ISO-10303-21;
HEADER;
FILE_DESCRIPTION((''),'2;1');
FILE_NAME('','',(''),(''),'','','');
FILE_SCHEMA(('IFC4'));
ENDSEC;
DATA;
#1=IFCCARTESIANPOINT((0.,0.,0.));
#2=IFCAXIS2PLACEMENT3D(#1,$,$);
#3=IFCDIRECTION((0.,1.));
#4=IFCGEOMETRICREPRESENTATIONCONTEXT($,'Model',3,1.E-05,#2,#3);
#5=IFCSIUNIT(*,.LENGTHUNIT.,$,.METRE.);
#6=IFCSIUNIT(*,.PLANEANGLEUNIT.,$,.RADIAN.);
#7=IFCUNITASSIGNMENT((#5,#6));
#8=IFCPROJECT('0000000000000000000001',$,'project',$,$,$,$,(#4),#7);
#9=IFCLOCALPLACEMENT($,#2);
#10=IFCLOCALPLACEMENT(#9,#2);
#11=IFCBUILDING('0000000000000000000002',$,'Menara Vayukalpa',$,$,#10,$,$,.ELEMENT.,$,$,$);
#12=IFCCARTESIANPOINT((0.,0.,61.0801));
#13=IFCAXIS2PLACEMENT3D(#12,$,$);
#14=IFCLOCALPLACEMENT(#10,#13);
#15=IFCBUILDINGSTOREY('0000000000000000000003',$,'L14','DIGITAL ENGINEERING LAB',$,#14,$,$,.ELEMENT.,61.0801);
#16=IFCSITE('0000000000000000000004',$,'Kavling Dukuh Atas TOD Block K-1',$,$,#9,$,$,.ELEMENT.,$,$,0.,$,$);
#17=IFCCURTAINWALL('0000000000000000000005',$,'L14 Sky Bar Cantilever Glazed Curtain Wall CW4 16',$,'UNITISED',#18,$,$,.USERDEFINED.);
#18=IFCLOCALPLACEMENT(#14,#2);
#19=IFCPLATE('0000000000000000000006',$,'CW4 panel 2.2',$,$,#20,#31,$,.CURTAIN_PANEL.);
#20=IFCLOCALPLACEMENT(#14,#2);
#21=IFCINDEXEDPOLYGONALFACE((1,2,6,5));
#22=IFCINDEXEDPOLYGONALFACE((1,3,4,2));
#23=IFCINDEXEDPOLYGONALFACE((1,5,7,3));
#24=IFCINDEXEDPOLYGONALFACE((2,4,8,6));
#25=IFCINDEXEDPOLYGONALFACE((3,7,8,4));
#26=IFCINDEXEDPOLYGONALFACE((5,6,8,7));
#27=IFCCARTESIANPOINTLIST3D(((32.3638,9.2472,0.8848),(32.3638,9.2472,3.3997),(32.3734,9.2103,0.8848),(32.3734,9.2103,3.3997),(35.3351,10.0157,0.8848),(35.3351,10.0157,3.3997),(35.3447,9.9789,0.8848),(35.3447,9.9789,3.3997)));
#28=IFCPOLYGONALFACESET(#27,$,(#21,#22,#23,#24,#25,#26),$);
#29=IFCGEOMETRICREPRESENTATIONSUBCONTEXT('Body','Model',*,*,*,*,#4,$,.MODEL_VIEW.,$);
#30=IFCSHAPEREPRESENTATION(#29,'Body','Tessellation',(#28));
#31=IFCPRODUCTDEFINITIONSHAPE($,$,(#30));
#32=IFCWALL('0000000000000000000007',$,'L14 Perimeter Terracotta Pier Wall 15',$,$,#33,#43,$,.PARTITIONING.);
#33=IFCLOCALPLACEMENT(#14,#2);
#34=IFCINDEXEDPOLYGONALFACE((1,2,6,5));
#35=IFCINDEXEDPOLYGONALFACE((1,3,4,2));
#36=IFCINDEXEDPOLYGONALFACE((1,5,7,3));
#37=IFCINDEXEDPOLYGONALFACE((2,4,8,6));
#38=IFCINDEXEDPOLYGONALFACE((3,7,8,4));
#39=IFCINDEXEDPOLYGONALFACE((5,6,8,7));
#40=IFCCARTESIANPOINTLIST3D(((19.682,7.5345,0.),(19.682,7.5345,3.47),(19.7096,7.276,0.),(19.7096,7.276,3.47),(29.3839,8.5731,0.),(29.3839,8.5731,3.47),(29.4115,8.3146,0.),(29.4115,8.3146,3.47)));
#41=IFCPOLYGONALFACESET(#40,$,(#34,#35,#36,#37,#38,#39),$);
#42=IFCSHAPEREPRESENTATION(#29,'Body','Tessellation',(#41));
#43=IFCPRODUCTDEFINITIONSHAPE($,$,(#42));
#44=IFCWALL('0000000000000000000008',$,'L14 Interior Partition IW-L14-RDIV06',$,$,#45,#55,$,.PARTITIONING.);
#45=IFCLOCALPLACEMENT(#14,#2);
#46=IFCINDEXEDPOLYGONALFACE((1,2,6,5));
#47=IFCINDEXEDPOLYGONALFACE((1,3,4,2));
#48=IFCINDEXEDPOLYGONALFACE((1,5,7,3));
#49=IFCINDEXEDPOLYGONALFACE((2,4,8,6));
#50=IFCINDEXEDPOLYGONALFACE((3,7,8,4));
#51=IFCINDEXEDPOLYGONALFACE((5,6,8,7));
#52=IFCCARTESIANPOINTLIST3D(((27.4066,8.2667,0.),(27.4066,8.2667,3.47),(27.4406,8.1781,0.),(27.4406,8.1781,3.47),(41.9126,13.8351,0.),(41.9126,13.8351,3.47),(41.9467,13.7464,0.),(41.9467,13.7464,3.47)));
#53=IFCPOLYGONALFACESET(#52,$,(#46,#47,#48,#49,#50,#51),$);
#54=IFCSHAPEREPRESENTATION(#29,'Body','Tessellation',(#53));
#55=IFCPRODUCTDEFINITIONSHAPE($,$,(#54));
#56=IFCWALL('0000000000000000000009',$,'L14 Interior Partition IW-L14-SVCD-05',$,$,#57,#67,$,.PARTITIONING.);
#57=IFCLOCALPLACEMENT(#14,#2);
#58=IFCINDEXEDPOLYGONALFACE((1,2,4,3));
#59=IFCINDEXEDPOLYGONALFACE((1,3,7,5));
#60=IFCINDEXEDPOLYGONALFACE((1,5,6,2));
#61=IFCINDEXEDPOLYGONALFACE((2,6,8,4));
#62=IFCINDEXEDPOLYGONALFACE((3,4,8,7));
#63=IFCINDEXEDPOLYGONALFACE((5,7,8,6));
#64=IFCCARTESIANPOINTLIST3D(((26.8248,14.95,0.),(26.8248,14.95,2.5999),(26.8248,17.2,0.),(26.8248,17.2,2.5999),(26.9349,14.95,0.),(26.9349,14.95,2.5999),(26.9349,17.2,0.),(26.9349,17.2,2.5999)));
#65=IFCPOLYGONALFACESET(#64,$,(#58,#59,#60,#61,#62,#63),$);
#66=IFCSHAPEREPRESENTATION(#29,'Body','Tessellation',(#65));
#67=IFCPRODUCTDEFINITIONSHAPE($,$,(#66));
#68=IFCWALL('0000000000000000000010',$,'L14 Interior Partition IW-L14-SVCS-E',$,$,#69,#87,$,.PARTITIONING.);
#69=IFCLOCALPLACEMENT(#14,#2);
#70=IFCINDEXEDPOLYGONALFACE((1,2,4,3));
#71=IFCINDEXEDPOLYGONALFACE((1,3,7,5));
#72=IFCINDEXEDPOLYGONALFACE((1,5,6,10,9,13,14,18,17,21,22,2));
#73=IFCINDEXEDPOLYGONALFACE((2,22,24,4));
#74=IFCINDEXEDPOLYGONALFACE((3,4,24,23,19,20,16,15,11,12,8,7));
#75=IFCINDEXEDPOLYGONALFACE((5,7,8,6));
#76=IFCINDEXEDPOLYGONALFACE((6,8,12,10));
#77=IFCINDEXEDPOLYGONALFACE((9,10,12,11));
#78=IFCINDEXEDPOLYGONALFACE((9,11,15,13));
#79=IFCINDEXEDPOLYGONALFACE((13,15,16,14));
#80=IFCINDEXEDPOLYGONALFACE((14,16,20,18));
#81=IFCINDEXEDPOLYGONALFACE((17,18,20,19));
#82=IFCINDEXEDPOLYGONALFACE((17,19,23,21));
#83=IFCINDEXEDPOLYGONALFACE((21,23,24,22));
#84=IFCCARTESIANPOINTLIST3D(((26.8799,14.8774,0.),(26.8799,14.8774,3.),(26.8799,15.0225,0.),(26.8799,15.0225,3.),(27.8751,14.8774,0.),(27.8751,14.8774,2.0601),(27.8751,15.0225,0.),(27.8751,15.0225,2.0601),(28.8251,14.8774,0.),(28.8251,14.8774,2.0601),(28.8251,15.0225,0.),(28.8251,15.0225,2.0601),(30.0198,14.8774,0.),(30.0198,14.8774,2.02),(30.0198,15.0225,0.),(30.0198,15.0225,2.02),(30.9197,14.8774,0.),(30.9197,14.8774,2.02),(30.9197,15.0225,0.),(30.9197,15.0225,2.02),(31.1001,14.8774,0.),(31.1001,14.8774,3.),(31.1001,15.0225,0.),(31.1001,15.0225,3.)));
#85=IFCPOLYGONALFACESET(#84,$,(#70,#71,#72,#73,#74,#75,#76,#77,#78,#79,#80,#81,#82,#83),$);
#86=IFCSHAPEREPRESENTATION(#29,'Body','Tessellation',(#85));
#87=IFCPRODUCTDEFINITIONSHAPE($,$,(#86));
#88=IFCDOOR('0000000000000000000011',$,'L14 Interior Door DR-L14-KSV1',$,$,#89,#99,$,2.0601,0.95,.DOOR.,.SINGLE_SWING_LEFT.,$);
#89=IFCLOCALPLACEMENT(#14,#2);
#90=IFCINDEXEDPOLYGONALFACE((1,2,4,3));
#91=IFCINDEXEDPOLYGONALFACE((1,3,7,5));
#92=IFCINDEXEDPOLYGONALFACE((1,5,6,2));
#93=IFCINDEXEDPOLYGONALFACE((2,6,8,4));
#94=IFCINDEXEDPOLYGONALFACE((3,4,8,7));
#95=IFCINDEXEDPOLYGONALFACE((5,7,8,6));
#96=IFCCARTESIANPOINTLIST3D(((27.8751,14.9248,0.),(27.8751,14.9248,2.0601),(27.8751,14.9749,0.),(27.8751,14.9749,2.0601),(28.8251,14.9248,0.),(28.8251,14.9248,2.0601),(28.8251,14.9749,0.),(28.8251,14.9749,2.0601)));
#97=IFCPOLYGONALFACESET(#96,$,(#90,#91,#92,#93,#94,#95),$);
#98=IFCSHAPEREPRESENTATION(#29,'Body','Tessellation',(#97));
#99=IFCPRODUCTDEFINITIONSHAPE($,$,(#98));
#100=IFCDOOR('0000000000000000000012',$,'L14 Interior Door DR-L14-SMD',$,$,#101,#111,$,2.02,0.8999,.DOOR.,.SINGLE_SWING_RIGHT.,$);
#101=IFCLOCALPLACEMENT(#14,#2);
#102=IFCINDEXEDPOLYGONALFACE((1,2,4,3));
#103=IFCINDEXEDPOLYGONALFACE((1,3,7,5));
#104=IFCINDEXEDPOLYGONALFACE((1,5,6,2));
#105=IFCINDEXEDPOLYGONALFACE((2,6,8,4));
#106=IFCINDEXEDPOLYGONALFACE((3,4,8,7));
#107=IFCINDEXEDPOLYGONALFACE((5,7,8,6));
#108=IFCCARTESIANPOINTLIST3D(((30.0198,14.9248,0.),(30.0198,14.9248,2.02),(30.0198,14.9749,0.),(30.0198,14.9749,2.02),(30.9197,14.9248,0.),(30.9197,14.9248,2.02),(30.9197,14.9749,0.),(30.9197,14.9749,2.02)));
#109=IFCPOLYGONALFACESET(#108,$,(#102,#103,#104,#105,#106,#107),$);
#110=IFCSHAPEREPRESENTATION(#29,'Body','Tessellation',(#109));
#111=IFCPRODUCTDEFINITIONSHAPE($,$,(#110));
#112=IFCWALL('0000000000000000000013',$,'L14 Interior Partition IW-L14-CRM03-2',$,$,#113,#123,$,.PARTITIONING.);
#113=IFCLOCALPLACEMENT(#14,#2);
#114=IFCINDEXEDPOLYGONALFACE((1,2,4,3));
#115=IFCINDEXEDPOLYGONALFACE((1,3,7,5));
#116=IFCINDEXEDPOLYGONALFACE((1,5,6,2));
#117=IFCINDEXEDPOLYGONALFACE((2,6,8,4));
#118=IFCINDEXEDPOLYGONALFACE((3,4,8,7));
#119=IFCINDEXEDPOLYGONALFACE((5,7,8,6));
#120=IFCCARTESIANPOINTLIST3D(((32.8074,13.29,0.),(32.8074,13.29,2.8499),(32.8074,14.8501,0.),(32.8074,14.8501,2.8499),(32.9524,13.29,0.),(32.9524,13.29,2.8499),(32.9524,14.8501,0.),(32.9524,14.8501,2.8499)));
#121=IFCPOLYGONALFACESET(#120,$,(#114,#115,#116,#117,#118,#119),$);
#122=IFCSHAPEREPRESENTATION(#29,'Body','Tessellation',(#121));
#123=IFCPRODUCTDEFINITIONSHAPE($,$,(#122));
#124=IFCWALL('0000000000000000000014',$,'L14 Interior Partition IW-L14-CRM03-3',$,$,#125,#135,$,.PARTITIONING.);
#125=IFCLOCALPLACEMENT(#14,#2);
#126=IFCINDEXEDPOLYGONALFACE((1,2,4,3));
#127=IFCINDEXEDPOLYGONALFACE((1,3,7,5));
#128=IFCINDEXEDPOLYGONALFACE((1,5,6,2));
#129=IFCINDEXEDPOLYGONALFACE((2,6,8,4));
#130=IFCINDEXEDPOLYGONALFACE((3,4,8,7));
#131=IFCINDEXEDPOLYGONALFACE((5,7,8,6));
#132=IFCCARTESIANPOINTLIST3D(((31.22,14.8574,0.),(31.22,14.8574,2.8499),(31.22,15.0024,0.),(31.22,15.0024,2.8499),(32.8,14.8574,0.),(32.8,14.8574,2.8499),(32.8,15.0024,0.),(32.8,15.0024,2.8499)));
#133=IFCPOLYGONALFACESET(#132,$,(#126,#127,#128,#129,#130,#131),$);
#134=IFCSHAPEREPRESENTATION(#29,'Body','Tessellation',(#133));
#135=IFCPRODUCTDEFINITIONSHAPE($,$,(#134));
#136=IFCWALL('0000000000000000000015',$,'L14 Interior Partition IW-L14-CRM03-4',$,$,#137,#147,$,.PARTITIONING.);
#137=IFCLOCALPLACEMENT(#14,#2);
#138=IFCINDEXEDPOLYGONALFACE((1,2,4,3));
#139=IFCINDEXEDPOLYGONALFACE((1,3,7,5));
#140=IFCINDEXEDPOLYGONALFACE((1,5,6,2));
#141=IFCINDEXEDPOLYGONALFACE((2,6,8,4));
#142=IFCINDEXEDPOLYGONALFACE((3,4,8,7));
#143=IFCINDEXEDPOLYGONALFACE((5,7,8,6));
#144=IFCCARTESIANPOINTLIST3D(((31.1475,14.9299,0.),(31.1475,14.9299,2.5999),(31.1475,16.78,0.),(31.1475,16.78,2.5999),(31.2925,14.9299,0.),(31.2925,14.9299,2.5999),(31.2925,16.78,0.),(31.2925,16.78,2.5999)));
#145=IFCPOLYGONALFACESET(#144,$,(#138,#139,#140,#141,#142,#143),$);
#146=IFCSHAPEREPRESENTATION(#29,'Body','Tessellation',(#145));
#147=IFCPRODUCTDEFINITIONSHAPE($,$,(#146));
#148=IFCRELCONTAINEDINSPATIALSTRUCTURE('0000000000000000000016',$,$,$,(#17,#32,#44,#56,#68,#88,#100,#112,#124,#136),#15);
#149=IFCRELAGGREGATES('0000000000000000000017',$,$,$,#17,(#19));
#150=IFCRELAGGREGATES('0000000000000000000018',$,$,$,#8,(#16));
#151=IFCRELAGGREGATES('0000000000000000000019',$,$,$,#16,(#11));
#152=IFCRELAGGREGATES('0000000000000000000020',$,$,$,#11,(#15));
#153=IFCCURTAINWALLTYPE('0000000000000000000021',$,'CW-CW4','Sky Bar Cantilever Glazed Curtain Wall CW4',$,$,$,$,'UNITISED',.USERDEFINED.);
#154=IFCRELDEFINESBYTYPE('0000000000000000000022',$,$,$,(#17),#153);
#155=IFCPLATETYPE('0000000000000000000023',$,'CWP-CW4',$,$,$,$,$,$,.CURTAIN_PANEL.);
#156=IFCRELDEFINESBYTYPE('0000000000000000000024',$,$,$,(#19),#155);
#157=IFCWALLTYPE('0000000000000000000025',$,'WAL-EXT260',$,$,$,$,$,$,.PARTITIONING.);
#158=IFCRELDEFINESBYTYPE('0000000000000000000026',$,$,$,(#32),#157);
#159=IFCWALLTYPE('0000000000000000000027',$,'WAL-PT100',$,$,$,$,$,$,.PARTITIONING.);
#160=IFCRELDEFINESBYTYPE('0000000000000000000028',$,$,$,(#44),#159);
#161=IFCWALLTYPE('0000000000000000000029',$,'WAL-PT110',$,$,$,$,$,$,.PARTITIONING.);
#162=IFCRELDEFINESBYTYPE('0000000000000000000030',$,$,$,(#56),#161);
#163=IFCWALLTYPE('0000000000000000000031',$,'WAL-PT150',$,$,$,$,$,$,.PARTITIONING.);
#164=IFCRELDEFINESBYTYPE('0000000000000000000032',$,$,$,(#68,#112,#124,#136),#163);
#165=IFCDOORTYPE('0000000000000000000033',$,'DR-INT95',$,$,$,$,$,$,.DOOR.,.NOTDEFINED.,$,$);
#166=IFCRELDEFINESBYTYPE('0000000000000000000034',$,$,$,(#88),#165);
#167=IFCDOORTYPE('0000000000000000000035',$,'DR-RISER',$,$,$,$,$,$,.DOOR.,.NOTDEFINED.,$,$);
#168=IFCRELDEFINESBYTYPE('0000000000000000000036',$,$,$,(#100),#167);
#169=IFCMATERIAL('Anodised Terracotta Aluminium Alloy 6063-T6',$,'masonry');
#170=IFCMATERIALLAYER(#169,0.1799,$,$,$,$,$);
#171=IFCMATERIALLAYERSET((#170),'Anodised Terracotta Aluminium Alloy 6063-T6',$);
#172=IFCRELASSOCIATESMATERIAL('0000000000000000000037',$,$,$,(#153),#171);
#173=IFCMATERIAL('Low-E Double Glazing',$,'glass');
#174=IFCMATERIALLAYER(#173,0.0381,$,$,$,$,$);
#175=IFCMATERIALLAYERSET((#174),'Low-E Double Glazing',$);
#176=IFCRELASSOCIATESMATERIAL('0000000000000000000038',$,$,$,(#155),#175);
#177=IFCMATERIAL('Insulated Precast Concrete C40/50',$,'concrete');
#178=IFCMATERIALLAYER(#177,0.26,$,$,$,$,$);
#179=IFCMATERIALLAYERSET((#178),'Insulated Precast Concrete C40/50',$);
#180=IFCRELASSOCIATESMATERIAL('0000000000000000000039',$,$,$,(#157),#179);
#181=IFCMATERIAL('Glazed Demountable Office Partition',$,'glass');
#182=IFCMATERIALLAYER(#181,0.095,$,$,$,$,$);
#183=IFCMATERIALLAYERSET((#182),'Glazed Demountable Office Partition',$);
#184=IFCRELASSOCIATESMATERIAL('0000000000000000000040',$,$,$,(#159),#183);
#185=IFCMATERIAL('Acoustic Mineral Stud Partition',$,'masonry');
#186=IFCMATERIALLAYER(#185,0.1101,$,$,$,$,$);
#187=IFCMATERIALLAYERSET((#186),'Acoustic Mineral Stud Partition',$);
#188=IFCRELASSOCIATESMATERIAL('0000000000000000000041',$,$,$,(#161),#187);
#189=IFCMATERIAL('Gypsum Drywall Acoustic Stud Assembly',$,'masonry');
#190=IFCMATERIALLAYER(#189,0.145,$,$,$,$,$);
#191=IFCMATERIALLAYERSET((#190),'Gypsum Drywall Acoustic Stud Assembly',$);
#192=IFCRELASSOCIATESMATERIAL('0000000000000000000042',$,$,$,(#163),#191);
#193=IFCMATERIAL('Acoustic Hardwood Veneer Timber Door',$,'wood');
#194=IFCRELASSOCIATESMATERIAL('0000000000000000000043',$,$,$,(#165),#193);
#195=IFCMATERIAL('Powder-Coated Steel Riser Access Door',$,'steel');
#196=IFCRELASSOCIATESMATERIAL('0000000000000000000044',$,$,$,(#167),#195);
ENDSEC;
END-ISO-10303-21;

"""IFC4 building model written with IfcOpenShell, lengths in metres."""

from ifc_helpers import new_model, si_unit, direction, frame, frame_2d, origin, origin_2d, place, context, subcontext, project, spatial, rectangle, extrude, material, layer, layer_set, type_object, element, fill, aggregate, save


model = new_model("IFC4")

# Units and contexts
model_context = context("Model", 3, precision=1e-05, world=origin(), true_north=direction((0.0, 1.0)))
body_context = subcontext(model_context, "Body", "Model", "MODEL_VIEW")
ifc_project = project(units=[si_unit("LENGTHUNIT", "METRE"), si_unit("PLANEANGLEUNIT", "RADIAN")], contexts=[model_context])

# Site, building, storey
site_placement = place(None, origin())
site = spatial("IfcSite", under=ifc_project, at=site_placement, Name="Kavling Dukuh Atas TOD Block K-1", CompositionType="ELEMENT", RefElevation=0.0)
building_placement = place(site_placement, origin())
building = spatial("IfcBuilding", under=site, at=building_placement, Name="Menara Vayukalpa", CompositionType="ELEMENT")
storey_placement = place(building_placement, frame((0.0, 0.0, 61.0801)))
storey = spatial("IfcBuildingStorey", under=building, at=storey_placement, Name="L14", Description="DIGITAL ENGINEERING LAB", CompositionType="ELEMENT", Elevation=61.0801)

# Curtain wall, plate
ifc_material_1 = material(Name="Anodised Terracotta Aluminium Alloy 6063-T6", Category="masonry")
ifc_layer_1 = layer(ifc_material_1, 0.1799)
ifc_layer_set_1 = layer_set([ifc_layer_1], Name="Anodised Terracotta Aluminium Alloy 6063-T6")
curtain_wall_type = type_object("IfcCurtainWallType", Name="CW-CW4", Description="Sky Bar Cantilever Glazed Curtain Wall CW4", ElementType="UNITISED", PredefinedType="USERDEFINED", material=ifc_layer_set_1)
curtain_wall_placement = place(storey_placement, origin())
curtain_wall = element("IfcCurtainWall", 1, at=curtain_wall_placement, inside=storey, type_object=curtain_wall_type, Name="L14 Sky Bar Cantilever Glazed Curtain Wall CW4 16", ObjectType="UNITISED", PredefinedType="USERDEFINED")
ifc_material_2 = material(Name="Low-E Double Glazing", Category="glass")
ifc_layer_2 = layer(ifc_material_2, 0.0381)
ifc_layer_set_2 = layer_set([ifc_layer_2], Name="Low-E Double Glazing")
plate_type = type_object("IfcPlateType", Name="CWP-CW4", PredefinedType="CURTAIN_PANEL", material=ifc_layer_set_2)
plate_1_placement = place(storey_placement, frame((33.8542, 9.613, 0.8848), z_axis=(0.0, 0.0, 1.0), x_axis=(0.968142, 0.250403, 0.0)))
plate_1 = element("IfcPlate", 2, at=plate_1_placement, type_object=plate_type, Name="CW4 panel 2.2", PredefinedType="CURTAIN_PANEL", context=body_context, shape_type="SweptSolid", body=[
    extrude(rectangle(XDim=3.0691, YDim=0.0381, at=origin_2d()), origin(), (0.0, 0.0, 1.0), 2.5149),
])
aggregate(curtain_wall, [plate_1])

# Walls
ifc_material_3 = material(Name="Insulated Precast Concrete C40/50", Category="concrete")
ifc_layer_3 = layer(ifc_material_3, 0.26)
ifc_layer_set_3 = layer_set([ifc_layer_3], Name="Insulated Precast Concrete C40/50")
wall_type_1 = type_object("IfcWallType", Name="WAL-EXT260", PredefinedType="PARTITIONING", material=ifc_layer_set_3)
wall_1_placement = place(storey_placement, frame((29.3977, 8.4438, 0.0), z_axis=(0.0, 0.0, 1.0), x_axis=(-0.994319, -0.10644, 0.0)))
element("IfcWall", 3, at=wall_1_placement, inside=storey, type_object=wall_type_1, Name="L14 Perimeter Terracotta Pier Wall 15", PredefinedType="PARTITIONING", context=body_context, shape_type="SweptSolid", body=[
    extrude(rectangle(XDim=9.7573, YDim=0.26, at=frame_2d((4.8787, 0.0))), origin(), (0.0, 0.0, 1.0), 3.47),
])
ifc_material_4 = material(Name="Glazed Demountable Office Partition", Category="glass")
ifc_layer_4 = layer(ifc_material_4, 0.095)
ifc_layer_set_4 = layer_set([ifc_layer_4], Name="Glazed Demountable Office Partition")
wall_type_2 = type_object("IfcWallType", Name="WAL-PT100", PredefinedType="PARTITIONING", material=ifc_layer_set_4)
wall_2_placement = place(storey_placement, frame((27.4236, 8.2224, 0.0), z_axis=(0.0, 0.0, 1.0), x_axis=(0.933581, 0.358367, 0.0)))
element("IfcWall", 4, at=wall_2_placement, inside=storey, type_object=wall_type_2, Name="L14 Interior Partition IW-L14-RDIV06", PredefinedType="PARTITIONING", context=body_context, shape_type="SweptSolid", body=[
    extrude(rectangle(XDim=15.5381, YDim=0.095, at=frame_2d((7.769, 0.0))), origin(), (0.0, 0.0, 1.0), 3.47),
])
ifc_material_5 = material(Name="Acoustic Mineral Stud Partition", Category="masonry")
ifc_layer_5 = layer(ifc_material_5, 0.1101)
ifc_layer_set_5 = layer_set([ifc_layer_5], Name="Acoustic Mineral Stud Partition")
wall_type_3 = type_object("IfcWallType", Name="WAL-PT110", PredefinedType="PARTITIONING", material=ifc_layer_set_5)
wall_3_placement = place(storey_placement, frame((26.8799, 14.95, 0.0), z_axis=(0.0, 0.0, 1.0), x_axis=(0.0, 1.0, 0.0)))
element("IfcWall", 5, at=wall_3_placement, inside=storey, type_object=wall_type_3, Name="L14 Interior Partition IW-L14-SVCD-05", PredefinedType="PARTITIONING", context=body_context, shape_type="SweptSolid", body=[
    extrude(rectangle(XDim=2.25, YDim=0.1101, at=frame_2d((1.125, 0.0))), origin(), (0.0, 0.0, 1.0), 2.5999),
])

# Wall, openings, doors
ifc_material_6 = material(Name="Gypsum Drywall Acoustic Stud Assembly", Category="masonry")
ifc_layer_6 = layer(ifc_material_6, 0.145)
ifc_layer_set_6 = layer_set([ifc_layer_6], Name="Gypsum Drywall Acoustic Stud Assembly")
wall_type_4 = type_object("IfcWallType", Name="WAL-PT150", PredefinedType="PARTITIONING", material=ifc_layer_set_6)
wall_4_placement = place(storey_placement, frame((26.8799, 14.95, 0.0), z_axis=(0.0, 0.0, 1.0), x_axis=(1.0, 0.0, 0.0)))
wall_4 = element("IfcWall", 6, at=wall_4_placement, inside=storey, type_object=wall_type_4, Name="L14 Interior Partition IW-L14-SVCS-E", PredefinedType="PARTITIONING", context=body_context, shape_type="SweptSolid", body=[
    extrude(rectangle(XDim=4.2202, YDim=0.145, at=frame_2d((2.1101, 0.0))), origin(), (0.0, 0.0, 1.0), 3.0),
])
opening_1_placement = place(wall_4_placement, frame((0.9951, 0.0, 0.0)))
opening_1 = element("IfcOpeningElement", 7, at=opening_1_placement, cuts=wall_4, PredefinedType="OPENING", context=body_context, shape_type="SweptSolid", body=[
    extrude(rectangle(XDim=0.95, YDim=2.0601, at=frame_2d((0.4751, 1.03))), frame((0.0, 0.0825, 0.0), z_axis=(0.0, -1.0, 0.0), x_axis=(1.0, 0.0, 0.0)), (0.0, 0.0, 1.0), 0.165),
])
opening_2_placement = place(wall_4_placement, frame((3.1399, 0.0, 0.0)))
opening_2 = element("IfcOpeningElement", 8, at=opening_2_placement, cuts=wall_4, PredefinedType="OPENING", context=body_context, shape_type="SweptSolid", body=[
    extrude(rectangle(XDim=0.8999, YDim=2.02, at=frame_2d((0.45, 1.01))), frame((0.0, 0.0825, 0.0), z_axis=(0.0, -1.0, 0.0), x_axis=(1.0, 0.0, 0.0)), (0.0, 0.0, 1.0), 0.165),
])
ifc_material_7 = material(Name="Acoustic Hardwood Veneer Timber Door", Category="wood")
door_type_1 = type_object("IfcDoorType", Name="DR-INT95", OperationType="NOTDEFINED", PredefinedType="DOOR", material=ifc_material_7)
door_1_placement = place(opening_1_placement, origin())
door_1 = element("IfcDoor", 9, at=door_1_placement, inside=storey, type_object=door_type_1, Name="L14 Interior Door DR-L14-KSV1", OperationType="SINGLE_SWING_LEFT", OverallHeight=2.0601, OverallWidth=0.95, PredefinedType="DOOR", context=body_context, shape_type="SweptSolid", body=[
    extrude(rectangle(XDim=0.95, YDim=2.0601, at=frame_2d((0.4751, 1.03))), frame((0.0, 0.0249, 0.0), z_axis=(0.0, -1.0, 0.0), x_axis=(1.0, 0.0, 0.0)), (0.0, 0.0, 1.0), 0.05),
])
fill(opening_1, door_1)
ifc_material_8 = material(Name="Powder-Coated Steel Riser Access Door", Category="steel")
door_type_2 = type_object("IfcDoorType", Name="DR-RISER", OperationType="NOTDEFINED", PredefinedType="DOOR", material=ifc_material_8)
door_2_placement = place(opening_2_placement, origin())
door_2 = element("IfcDoor", 10, at=door_2_placement, inside=storey, type_object=door_type_2, Name="L14 Interior Door DR-L14-SMD", OperationType="SINGLE_SWING_RIGHT", OverallHeight=2.02, OverallWidth=0.8999, PredefinedType="DOOR", context=body_context, shape_type="SweptSolid", body=[
    extrude(rectangle(XDim=0.8999, YDim=2.02, at=frame_2d((0.45, 1.01))), frame((0.0, 0.0249, 0.0), z_axis=(0.0, -1.0, 0.0), x_axis=(1.0, 0.0, 0.0)), (0.0, 0.0, 1.0), 0.05),
])
fill(opening_2, door_2)

# Walls
wall_5_placement = place(storey_placement, frame((32.8799, 13.29, 0.0), z_axis=(0.0, 0.0, 1.0), x_axis=(0.0, 1.0, 0.0)))
element("IfcWall", 11, at=wall_5_placement, inside=storey, type_object=wall_type_4, Name="L14 Interior Partition IW-L14-CRM03-2", PredefinedType="PARTITIONING", context=body_context, shape_type="SweptSolid", body=[
    extrude(rectangle(XDim=1.5601, YDim=0.145, at=frame_2d((0.78, 0.0))), origin(), (0.0, 0.0, 1.0), 2.8499),
])
wall_6_placement = place(storey_placement, frame((32.8, 14.9299, 0.0), z_axis=(0.0, 0.0, 1.0), x_axis=(-1.0, 0.0, 0.0)))
element("IfcWall", 12, at=wall_6_placement, inside=storey, type_object=wall_type_4, Name="L14 Interior Partition IW-L14-CRM03-3", PredefinedType="PARTITIONING", context=body_context, shape_type="SweptSolid", body=[
    extrude(rectangle(XDim=1.5801, YDim=0.145, at=frame_2d((0.79, 0.0))), origin(), (0.0, 0.0, 1.0), 2.8499),
])
wall_7_placement = place(storey_placement, frame((31.22, 14.9299, 0.0), z_axis=(0.0, 0.0, 1.0), x_axis=(0.0, 1.0, 0.0)))
element("IfcWall", 13, at=wall_7_placement, inside=storey, type_object=wall_type_4, Name="L14 Interior Partition IW-L14-CRM03-4", PredefinedType="PARTITIONING", context=body_context, shape_type="SweptSolid", body=[
    extrude(rectangle(XDim=1.8501, YDim=0.145, at=frame_2d((0.925, 0.0))), origin(), (0.0, 0.0, 1.0), 2.5999),
])

save(model, "model.ifc")
